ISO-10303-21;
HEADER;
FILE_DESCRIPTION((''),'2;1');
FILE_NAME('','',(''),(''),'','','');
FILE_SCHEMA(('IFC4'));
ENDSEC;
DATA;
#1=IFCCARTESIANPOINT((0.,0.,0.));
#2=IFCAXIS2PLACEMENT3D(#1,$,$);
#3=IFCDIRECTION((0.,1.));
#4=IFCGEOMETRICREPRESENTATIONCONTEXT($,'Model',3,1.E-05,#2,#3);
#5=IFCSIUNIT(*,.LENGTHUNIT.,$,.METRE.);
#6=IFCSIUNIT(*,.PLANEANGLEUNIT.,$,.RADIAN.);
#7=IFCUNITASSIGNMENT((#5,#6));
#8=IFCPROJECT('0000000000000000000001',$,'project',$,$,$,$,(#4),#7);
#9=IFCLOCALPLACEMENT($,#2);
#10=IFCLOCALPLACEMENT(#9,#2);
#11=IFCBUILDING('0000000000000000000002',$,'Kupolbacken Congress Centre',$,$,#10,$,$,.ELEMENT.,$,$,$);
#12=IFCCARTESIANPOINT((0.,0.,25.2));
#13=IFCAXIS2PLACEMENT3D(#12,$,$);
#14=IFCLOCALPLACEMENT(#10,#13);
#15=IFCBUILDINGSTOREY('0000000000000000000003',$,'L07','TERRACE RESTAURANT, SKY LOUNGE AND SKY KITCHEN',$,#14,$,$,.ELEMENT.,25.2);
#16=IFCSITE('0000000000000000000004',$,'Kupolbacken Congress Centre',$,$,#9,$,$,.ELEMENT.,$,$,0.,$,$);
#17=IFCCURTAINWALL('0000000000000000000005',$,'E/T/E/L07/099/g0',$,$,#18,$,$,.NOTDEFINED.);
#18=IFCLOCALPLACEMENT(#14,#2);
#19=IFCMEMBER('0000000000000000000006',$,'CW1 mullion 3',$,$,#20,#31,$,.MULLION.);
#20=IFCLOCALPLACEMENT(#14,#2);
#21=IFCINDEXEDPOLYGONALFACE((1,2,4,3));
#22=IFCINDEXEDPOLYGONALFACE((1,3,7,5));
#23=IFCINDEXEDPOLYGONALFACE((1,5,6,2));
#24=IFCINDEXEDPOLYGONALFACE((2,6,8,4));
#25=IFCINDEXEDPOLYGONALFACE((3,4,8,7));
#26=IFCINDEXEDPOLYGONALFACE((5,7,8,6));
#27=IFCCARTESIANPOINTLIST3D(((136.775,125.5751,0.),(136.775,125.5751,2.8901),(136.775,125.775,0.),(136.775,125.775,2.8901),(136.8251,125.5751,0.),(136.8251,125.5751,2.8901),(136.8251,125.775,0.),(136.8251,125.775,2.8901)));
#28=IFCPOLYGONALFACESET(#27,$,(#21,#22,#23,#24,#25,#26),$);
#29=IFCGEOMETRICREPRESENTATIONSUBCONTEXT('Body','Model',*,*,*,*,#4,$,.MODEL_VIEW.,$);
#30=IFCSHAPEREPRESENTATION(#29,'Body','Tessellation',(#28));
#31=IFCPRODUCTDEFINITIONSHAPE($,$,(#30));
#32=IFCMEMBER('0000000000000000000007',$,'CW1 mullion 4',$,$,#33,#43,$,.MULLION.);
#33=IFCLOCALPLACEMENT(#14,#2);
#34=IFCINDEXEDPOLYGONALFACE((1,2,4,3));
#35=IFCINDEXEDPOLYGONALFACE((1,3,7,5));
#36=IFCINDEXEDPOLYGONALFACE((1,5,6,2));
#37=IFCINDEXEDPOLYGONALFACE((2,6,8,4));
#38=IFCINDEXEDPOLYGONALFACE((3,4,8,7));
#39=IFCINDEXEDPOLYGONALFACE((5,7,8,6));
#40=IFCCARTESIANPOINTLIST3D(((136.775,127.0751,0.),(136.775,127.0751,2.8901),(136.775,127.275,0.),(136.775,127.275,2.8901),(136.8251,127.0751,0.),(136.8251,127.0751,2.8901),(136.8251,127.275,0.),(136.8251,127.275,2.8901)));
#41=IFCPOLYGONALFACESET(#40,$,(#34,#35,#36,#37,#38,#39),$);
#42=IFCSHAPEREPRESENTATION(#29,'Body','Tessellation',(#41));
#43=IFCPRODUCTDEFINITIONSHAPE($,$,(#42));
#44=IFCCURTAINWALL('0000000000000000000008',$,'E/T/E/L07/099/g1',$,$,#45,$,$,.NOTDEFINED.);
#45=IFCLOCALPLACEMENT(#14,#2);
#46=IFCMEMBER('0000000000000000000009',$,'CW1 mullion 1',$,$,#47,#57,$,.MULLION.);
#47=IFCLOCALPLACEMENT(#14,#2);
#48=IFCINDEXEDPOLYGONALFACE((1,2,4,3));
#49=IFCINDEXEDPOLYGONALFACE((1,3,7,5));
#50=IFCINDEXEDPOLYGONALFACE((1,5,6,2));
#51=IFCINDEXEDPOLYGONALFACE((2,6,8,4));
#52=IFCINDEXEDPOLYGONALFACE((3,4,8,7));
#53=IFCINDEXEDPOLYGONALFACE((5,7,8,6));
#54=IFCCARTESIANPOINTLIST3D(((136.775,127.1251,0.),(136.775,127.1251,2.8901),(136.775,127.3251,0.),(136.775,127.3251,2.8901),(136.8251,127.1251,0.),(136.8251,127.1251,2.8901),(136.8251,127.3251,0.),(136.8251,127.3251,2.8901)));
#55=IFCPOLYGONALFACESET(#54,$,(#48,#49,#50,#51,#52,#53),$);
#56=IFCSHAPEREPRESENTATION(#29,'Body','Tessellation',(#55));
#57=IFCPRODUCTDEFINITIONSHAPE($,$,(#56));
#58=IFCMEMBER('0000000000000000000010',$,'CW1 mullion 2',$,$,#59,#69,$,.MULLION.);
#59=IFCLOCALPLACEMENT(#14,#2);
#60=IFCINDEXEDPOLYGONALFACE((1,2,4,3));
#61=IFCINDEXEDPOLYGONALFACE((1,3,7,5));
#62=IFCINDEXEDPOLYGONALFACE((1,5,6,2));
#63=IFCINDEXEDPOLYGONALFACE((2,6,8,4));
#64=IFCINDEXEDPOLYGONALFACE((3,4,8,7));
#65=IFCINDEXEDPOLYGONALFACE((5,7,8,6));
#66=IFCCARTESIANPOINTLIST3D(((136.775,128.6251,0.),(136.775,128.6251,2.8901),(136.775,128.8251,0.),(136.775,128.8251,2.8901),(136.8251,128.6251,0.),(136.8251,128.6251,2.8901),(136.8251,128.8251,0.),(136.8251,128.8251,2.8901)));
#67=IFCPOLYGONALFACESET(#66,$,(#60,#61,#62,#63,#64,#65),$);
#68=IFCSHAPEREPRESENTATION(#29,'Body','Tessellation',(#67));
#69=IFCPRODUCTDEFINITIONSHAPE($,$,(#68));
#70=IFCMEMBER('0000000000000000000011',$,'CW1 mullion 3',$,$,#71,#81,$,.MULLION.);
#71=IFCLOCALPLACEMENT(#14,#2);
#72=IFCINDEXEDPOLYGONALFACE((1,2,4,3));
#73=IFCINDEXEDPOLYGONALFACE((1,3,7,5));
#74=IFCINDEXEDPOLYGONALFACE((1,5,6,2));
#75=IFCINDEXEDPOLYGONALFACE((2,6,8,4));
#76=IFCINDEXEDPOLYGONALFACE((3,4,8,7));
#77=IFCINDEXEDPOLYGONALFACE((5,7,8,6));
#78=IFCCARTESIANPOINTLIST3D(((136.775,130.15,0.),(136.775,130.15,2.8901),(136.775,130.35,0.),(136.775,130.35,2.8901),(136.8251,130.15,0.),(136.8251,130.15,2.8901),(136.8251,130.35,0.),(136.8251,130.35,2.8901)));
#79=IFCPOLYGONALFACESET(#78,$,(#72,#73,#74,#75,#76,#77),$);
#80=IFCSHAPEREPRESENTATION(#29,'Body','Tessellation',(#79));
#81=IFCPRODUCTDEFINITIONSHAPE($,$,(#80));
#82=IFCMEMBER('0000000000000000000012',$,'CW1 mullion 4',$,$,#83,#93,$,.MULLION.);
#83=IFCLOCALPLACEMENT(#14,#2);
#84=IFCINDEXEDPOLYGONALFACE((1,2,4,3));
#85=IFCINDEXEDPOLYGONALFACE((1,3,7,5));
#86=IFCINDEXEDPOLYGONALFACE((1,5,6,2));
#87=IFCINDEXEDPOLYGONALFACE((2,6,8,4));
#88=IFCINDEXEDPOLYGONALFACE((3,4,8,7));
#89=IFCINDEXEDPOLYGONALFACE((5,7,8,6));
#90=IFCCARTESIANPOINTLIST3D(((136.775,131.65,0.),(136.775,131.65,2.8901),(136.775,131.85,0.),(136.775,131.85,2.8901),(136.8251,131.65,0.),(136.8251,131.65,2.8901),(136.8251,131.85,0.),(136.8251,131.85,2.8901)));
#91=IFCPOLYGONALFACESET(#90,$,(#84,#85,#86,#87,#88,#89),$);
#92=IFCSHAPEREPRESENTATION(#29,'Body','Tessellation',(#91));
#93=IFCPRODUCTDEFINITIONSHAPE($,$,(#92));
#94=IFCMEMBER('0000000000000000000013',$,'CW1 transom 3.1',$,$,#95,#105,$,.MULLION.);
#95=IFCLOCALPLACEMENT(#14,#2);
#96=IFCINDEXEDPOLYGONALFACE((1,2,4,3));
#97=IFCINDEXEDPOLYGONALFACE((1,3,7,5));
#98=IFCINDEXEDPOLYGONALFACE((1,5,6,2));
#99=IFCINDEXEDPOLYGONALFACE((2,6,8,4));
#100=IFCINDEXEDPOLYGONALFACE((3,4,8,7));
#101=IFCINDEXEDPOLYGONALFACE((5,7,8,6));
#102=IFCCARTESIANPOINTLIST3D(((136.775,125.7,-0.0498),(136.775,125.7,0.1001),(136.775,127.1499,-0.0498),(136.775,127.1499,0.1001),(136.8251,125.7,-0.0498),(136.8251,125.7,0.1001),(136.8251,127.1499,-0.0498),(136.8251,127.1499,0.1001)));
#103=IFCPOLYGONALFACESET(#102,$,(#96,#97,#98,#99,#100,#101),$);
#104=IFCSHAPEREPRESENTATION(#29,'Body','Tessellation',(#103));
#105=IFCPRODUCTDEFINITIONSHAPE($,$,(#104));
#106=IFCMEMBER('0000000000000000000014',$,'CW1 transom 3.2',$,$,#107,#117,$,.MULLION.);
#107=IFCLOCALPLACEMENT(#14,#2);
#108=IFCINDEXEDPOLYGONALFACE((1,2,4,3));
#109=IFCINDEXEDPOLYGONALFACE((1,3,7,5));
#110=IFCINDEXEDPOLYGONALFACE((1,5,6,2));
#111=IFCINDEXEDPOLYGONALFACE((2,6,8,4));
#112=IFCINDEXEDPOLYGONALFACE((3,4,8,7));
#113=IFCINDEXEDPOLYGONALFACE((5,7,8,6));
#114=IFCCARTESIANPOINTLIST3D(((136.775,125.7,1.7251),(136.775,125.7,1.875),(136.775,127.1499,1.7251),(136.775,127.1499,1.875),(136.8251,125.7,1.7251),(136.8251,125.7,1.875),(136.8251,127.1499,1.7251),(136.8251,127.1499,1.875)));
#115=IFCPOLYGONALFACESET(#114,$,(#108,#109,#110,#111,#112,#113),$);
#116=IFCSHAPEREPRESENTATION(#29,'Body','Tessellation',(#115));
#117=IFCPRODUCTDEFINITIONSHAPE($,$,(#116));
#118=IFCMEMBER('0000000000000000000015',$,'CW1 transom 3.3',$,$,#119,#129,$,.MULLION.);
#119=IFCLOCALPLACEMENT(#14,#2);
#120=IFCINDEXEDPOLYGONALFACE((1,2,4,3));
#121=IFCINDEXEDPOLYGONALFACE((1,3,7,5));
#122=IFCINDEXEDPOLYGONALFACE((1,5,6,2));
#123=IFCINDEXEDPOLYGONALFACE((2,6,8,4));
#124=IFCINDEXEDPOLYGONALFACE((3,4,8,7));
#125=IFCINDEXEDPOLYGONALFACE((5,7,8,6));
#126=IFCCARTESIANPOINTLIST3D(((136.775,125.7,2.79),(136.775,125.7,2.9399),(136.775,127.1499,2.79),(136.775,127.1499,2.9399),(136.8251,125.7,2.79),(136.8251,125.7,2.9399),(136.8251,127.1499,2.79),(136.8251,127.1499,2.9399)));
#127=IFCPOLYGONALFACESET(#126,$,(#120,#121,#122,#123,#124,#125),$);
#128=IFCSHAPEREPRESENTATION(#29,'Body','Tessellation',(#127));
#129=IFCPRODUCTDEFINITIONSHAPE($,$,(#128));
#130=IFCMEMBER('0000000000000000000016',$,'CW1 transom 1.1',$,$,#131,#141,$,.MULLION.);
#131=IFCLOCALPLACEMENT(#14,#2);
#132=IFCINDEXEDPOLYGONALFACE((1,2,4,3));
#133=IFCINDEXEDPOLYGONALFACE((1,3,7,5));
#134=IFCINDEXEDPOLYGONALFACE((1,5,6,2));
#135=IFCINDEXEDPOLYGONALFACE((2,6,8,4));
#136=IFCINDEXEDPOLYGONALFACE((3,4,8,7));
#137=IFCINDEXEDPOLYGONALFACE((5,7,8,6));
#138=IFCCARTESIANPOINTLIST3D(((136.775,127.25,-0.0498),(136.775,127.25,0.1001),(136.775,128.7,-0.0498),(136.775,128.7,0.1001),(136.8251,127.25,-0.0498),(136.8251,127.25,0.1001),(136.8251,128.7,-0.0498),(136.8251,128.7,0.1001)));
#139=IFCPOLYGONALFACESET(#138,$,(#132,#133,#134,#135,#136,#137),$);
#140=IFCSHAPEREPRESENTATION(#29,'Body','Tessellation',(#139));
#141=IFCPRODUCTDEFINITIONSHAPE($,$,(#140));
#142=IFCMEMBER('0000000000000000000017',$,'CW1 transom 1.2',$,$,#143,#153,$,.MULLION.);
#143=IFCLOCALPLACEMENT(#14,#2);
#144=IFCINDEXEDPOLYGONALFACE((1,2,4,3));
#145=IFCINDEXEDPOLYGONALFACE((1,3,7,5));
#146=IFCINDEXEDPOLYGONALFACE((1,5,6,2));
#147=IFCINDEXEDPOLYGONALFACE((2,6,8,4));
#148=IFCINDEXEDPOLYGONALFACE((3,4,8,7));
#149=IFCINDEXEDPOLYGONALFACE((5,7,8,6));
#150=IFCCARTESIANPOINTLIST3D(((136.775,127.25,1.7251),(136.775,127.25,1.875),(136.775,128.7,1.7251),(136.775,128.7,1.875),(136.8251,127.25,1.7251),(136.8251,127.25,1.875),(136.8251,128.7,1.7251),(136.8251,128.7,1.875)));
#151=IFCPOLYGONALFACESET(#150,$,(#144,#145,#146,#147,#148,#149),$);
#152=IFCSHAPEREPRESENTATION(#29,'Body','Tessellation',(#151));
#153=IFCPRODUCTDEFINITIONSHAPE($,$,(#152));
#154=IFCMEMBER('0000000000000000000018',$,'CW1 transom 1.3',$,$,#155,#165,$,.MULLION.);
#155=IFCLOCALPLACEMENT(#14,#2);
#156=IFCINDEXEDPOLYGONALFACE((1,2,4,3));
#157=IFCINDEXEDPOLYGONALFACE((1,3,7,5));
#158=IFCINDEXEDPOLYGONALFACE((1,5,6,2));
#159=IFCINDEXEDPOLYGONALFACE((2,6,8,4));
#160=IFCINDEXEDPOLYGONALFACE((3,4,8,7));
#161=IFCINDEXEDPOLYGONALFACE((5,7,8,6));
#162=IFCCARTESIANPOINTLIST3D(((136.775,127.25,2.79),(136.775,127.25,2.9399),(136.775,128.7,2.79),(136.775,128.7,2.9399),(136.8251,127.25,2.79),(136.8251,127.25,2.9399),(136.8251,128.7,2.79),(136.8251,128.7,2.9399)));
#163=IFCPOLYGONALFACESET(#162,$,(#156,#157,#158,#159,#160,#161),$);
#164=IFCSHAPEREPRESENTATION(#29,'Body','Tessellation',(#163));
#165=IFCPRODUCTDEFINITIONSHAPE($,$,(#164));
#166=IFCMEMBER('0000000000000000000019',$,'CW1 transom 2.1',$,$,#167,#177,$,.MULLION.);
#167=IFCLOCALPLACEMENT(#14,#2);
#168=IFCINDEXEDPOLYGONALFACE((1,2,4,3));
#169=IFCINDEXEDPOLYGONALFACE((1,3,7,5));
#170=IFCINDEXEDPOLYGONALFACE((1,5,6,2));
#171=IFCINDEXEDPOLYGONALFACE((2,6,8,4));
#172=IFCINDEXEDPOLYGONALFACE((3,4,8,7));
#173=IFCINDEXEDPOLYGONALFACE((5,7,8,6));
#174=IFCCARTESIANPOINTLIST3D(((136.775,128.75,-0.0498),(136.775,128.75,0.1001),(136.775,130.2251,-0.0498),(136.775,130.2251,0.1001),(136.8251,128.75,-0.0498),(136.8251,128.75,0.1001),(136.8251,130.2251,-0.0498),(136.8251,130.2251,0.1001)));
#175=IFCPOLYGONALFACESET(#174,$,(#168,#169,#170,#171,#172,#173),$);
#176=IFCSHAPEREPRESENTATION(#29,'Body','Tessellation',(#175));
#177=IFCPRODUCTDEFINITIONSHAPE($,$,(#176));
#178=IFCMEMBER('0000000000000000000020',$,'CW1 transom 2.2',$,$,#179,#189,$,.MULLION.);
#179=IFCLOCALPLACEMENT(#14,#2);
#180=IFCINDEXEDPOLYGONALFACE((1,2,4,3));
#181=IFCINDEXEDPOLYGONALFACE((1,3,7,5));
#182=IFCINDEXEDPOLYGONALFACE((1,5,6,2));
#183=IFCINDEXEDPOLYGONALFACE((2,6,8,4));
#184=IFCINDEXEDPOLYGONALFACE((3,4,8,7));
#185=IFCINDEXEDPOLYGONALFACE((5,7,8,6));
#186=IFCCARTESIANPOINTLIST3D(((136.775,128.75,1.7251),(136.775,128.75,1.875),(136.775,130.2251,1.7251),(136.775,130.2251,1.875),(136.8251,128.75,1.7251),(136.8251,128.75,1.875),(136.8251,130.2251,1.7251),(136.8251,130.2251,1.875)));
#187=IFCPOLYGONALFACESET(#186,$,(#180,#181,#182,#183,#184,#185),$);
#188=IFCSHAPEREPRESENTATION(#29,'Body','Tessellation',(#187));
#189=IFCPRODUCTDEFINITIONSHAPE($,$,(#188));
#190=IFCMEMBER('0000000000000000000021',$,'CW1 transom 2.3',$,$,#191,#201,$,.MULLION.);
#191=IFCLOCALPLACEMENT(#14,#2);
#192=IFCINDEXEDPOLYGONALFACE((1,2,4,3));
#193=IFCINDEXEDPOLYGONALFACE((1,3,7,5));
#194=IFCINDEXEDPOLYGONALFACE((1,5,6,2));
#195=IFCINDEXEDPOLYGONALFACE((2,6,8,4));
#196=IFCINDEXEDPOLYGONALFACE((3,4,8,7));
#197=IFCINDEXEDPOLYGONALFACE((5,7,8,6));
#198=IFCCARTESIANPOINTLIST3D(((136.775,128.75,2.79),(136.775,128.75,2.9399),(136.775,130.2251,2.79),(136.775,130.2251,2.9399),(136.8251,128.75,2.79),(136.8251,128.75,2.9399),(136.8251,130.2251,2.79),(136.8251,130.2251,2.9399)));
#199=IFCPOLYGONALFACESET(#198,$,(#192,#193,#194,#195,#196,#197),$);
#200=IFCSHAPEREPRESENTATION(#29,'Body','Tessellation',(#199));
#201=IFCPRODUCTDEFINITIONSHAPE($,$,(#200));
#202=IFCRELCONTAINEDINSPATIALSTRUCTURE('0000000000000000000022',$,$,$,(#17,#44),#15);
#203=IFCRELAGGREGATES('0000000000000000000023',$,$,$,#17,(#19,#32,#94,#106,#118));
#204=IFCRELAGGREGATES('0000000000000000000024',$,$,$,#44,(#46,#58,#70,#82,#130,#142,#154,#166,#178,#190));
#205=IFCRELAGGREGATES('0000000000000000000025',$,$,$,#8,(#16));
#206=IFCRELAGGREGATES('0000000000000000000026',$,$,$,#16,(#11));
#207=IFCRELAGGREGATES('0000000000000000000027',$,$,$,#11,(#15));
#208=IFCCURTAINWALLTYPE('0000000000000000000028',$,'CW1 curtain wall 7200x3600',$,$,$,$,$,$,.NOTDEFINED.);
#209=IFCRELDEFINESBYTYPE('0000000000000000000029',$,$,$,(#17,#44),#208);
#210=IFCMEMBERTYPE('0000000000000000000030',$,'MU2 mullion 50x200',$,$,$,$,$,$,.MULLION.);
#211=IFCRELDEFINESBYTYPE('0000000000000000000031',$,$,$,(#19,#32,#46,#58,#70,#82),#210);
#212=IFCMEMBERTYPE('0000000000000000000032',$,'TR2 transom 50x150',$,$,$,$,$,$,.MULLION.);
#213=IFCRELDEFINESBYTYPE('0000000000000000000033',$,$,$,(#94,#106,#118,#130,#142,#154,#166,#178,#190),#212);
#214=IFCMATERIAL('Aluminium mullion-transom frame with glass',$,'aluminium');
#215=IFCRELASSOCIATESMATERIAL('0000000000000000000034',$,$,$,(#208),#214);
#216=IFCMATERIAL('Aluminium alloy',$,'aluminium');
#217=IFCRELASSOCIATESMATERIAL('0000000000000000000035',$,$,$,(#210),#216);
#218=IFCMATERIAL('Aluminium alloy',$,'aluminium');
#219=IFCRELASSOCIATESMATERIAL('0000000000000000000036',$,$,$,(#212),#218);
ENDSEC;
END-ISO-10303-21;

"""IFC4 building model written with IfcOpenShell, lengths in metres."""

from ifc_helpers import new_model, si_unit, direction, frame, origin, origin_2d, place, context, subcontext, project, spatial, rectangle, extrude, material, material_profile, profile_set, type_object, element, aggregate, save


model = new_model("IFC4")

# Units and contexts
model_context = context("Model", 3, precision=1e-05, world=origin(), true_north=direction((0.0, 1.0)))
body_context = subcontext(model_context, "Body", "Model", "MODEL_VIEW")
ifc_project = project(units=[si_unit("LENGTHUNIT", "METRE"), si_unit("PLANEANGLEUNIT", "RADIAN")], contexts=[model_context])

# Site, building, storey
site_placement = place(None, origin())
site = spatial("IfcSite", under=ifc_project, at=site_placement, Name="Kupolbacken Congress Centre", CompositionType="ELEMENT", RefElevation=0.0)
building_placement = place(site_placement, origin())
building = spatial("IfcBuilding", under=site, at=building_placement, Name="Kupolbacken Congress Centre", CompositionType="ELEMENT")
storey_placement = place(building_placement, frame((0.0, 0.0, 25.2)))
storey = spatial("IfcBuildingStorey", under=building, at=storey_placement, Name="L07", Description="TERRACE RESTAURANT, SKY LOUNGE AND SKY KITCHEN", CompositionType="ELEMENT", Elevation=25.2)

# Curtain walls, members
ifc_material_1 = material(Name="Aluminium mullion-transom frame with glass", Category="aluminium")
curtain_wall_type = type_object("IfcCurtainWallType", Name="CW1 curtain wall 7200x3600", PredefinedType="NOTDEFINED", material=ifc_material_1)
curtain_wall_1_placement = place(storey_placement, origin())
curtain_wall_1 = element("IfcCurtainWall", 1, at=curtain_wall_1_placement, inside=storey, type_object=curtain_wall_type, Name="E/T/E/L07/099/g0", PredefinedType="NOTDEFINED")
ifc_material_2 = material(Name="Aluminium alloy", Category="aluminium")
ifc_material_profile_1 = material_profile(ifc_material_2, rectangle(XDim=0.05, YDim=0.2, at=origin_2d()), Name="50 x 200")
ifc_profile_set_1 = profile_set([ifc_material_profile_1], Name="Aluminium alloy")
member_type_1 = type_object("IfcMemberType", Name="MU2 mullion 50x200", PredefinedType="MULLION", material=ifc_profile_set_1)
member_1_placement = place(storey_placement, frame((136.8, 125.675, 0.0), z_axis=(0.0, 0.0, 1.0), x_axis=(-1.0, 0.0, 0.0)))
member_1 = element("IfcMember", 2, at=member_1_placement, type_object=member_type_1, Name="CW1 mullion 3", PredefinedType="MULLION", context=body_context, shape_type="SweptSolid", body=[
    extrude(rectangle(XDim=0.05, YDim=0.2, at=origin_2d()), origin(), (0.0, 0.0, 1.0), 2.8901),
])
member_2_placement = place(storey_placement, frame((136.8, 127.175, 0.0), z_axis=(0.0, 0.0, 1.0), x_axis=(-1.0, 0.0, 0.0)))
member_2 = element("IfcMember", 3, at=member_2_placement, type_object=member_type_1, Name="CW1 mullion 4", PredefinedType="MULLION", context=body_context, shape_type="SweptSolid", body=[
    extrude(rectangle(XDim=0.05, YDim=0.2, at=origin_2d()), origin(), (0.0, 0.0, 1.0), 2.8901),
])
curtain_wall_2_placement = place(storey_placement, origin())
curtain_wall_2 = element("IfcCurtainWall", 4, at=curtain_wall_2_placement, inside=storey, type_object=curtain_wall_type, Name="E/T/E/L07/099/g1", PredefinedType="NOTDEFINED")
member_3_placement = place(storey_placement, frame((136.8, 127.2251, 0.0), z_axis=(0.0, 0.0, 1.0), x_axis=(-1.0, 0.0, 0.0)))
member_3 = element("IfcMember", 5, at=member_3_placement, type_object=member_type_1, Name="CW1 mullion 1", PredefinedType="MULLION", context=body_context, shape_type="SweptSolid", body=[
    extrude(rectangle(XDim=0.05, YDim=0.2, at=origin_2d()), origin(), (0.0, 0.0, 1.0), 2.8901),
])
member_4_placement = place(storey_placement, frame((136.8, 128.7251, 0.0), z_axis=(0.0, 0.0, 1.0), x_axis=(-1.0, 0.0, 0.0)))
member_4 = element("IfcMember", 6, at=member_4_placement, type_object=member_type_1, Name="CW1 mullion 2", PredefinedType="MULLION", context=body_context, shape_type="SweptSolid", body=[
    extrude(rectangle(XDim=0.05, YDim=0.2, at=origin_2d()), origin(), (0.0, 0.0, 1.0), 2.8901),
])
member_5_placement = place(storey_placement, frame((136.8, 130.25, 0.0), z_axis=(0.0, 0.0, 1.0), x_axis=(-1.0, 0.0, 0.0)))
member_5 = element("IfcMember", 7, at=member_5_placement, type_object=member_type_1, Name="CW1 mullion 3", PredefinedType="MULLION", context=body_context, shape_type="SweptSolid", body=[
    extrude(rectangle(XDim=0.05, YDim=0.2, at=origin_2d()), origin(), (0.0, 0.0, 1.0), 2.8901),
])
member_6_placement = place(storey_placement, frame((136.8, 131.75, 0.0), z_axis=(0.0, 0.0, 1.0), x_axis=(-1.0, 0.0, 0.0)))
member_6 = element("IfcMember", 8, at=member_6_placement, type_object=member_type_1, Name="CW1 mullion 4", PredefinedType="MULLION", context=body_context, shape_type="SweptSolid", body=[
    extrude(rectangle(XDim=0.05, YDim=0.2, at=origin_2d()), origin(), (0.0, 0.0, 1.0), 2.8901),
])

# Members
ifc_material_3 = material(Name="Aluminium alloy", Category="aluminium")
ifc_material_profile_2 = material_profile(ifc_material_3, rectangle(XDim=0.05, YDim=0.1499, at=origin_2d()), Name="50 x 150")
ifc_profile_set_2 = profile_set([ifc_material_profile_2], Name="Aluminium alloy")
member_type_2 = type_object("IfcMemberType", Name="TR2 transom 50x150", PredefinedType="MULLION", material=ifc_profile_set_2)
member_7_placement = place(storey_placement, frame((136.8, 125.7, 0.0251), z_axis=(0.0, 1.0, 0.0), x_axis=(-1.0, 0.0, 0.0)))
member_7 = element("IfcMember", 9, at=member_7_placement, type_object=member_type_2, Name="CW1 transom 3.1", PredefinedType="MULLION", context=body_context, shape_type="SweptSolid", body=[
    extrude(rectangle(XDim=0.05, YDim=0.1499, at=origin_2d()), origin(), (0.0, 0.0, 1.0), 1.45),
])
member_8_placement = place(storey_placement, frame((136.8, 125.7, 1.8), z_axis=(0.0, 1.0, 0.0), x_axis=(-1.0, 0.0, 0.0)))
member_8 = element("IfcMember", 10, at=member_8_placement, type_object=member_type_2, Name="CW1 transom 3.2", PredefinedType="MULLION", context=body_context, shape_type="SweptSolid", body=[
    extrude(rectangle(XDim=0.05, YDim=0.1499, at=origin_2d()), origin(), (0.0, 0.0, 1.0), 1.45),
])
member_9_placement = place(storey_placement, frame((136.8, 125.7, 2.865), z_axis=(0.0, 1.0, 0.0), x_axis=(-1.0, 0.0, 0.0)))
member_9 = element("IfcMember", 11, at=member_9_placement, type_object=member_type_2, Name="CW1 transom 3.3", PredefinedType="MULLION", context=body_context, shape_type="SweptSolid", body=[
    extrude(rectangle(XDim=0.05, YDim=0.1499, at=origin_2d()), origin(), (0.0, 0.0, 1.0), 1.45),
])
member_10_placement = place(storey_placement, frame((136.8, 127.25, 0.0251), z_axis=(0.0, 1.0, 0.0), x_axis=(-1.0, 0.0, 0.0)))
member_10 = element("IfcMember", 12, at=member_10_placement, type_object=member_type_2, Name="CW1 transom 1.1", PredefinedType="MULLION", context=body_context, shape_type="SweptSolid", body=[
    extrude(rectangle(XDim=0.05, YDim=0.1499, at=origin_2d()), origin(), (0.0, 0.0, 1.0), 1.45),
])
member_11_placement = place(storey_placement, frame((136.8, 127.25, 1.8), z_axis=(0.0, 1.0, 0.0), x_axis=(-1.0, 0.0, 0.0)))
member_11 = element("IfcMember", 13, at=member_11_placement, type_object=member_type_2, Name="CW1 transom 1.2", PredefinedType="MULLION", context=body_context, shape_type="SweptSolid", body=[
    extrude(rectangle(XDim=0.05, YDim=0.1499, at=origin_2d()), origin(), (0.0, 0.0, 1.0), 1.45),
])
member_12_placement = place(storey_placement, frame((136.8, 127.25, 2.865), z_axis=(0.0, 1.0, 0.0), x_axis=(-1.0, 0.0, 0.0)))
member_12 = element("IfcMember", 14, at=member_12_placement, type_object=member_type_2, Name="CW1 transom 1.3", PredefinedType="MULLION", context=body_context, shape_type="SweptSolid", body=[
    extrude(rectangle(XDim=0.05, YDim=0.1499, at=origin_2d()), origin(), (0.0, 0.0, 1.0), 1.45),
])
member_13_placement = place(storey_placement, frame((136.8, 128.75, 0.0251), z_axis=(0.0, 1.0, 0.0), x_axis=(-1.0, 0.0, 0.0)))
member_13 = element("IfcMember", 15, at=member_13_placement, type_object=member_type_2, Name="CW1 transom 2.1", PredefinedType="MULLION", context=body_context, shape_type="SweptSolid", body=[
    extrude(rectangle(XDim=0.05, YDim=0.1499, at=origin_2d()), origin(), (0.0, 0.0, 1.0), 1.4751),
])
member_14_placement = place(storey_placement, frame((136.8, 128.75, 1.8), z_axis=(0.0, 1.0, 0.0), x_axis=(-1.0, 0.0, 0.0)))
member_14 = element("IfcMember", 16, at=member_14_placement, type_object=member_type_2, Name="CW1 transom 2.2", PredefinedType="MULLION", context=body_context, shape_type="SweptSolid", body=[
    extrude(rectangle(XDim=0.05, YDim=0.1499, at=origin_2d()), origin(), (0.0, 0.0, 1.0), 1.4751),
])
member_15_placement = place(storey_placement, frame((136.8, 128.75, 2.865), z_axis=(0.0, 1.0, 0.0), x_axis=(-1.0, 0.0, 0.0)))
member_15 = element("IfcMember", 17, at=member_15_placement, type_object=member_type_2, Name="CW1 transom 2.3", PredefinedType="MULLION", context=body_context, shape_type="SweptSolid", body=[
    extrude(rectangle(XDim=0.05, YDim=0.1499, at=origin_2d()), origin(), (0.0, 0.0, 1.0), 1.4751),
])

aggregate(curtain_wall_1, [member_1, member_2, member_7, member_8, member_9])
aggregate(curtain_wall_2, [member_3, member_4, member_5, member_6, member_10, member_11, member_12, member_13, member_14, member_15])

save(model, "model.ifc")
